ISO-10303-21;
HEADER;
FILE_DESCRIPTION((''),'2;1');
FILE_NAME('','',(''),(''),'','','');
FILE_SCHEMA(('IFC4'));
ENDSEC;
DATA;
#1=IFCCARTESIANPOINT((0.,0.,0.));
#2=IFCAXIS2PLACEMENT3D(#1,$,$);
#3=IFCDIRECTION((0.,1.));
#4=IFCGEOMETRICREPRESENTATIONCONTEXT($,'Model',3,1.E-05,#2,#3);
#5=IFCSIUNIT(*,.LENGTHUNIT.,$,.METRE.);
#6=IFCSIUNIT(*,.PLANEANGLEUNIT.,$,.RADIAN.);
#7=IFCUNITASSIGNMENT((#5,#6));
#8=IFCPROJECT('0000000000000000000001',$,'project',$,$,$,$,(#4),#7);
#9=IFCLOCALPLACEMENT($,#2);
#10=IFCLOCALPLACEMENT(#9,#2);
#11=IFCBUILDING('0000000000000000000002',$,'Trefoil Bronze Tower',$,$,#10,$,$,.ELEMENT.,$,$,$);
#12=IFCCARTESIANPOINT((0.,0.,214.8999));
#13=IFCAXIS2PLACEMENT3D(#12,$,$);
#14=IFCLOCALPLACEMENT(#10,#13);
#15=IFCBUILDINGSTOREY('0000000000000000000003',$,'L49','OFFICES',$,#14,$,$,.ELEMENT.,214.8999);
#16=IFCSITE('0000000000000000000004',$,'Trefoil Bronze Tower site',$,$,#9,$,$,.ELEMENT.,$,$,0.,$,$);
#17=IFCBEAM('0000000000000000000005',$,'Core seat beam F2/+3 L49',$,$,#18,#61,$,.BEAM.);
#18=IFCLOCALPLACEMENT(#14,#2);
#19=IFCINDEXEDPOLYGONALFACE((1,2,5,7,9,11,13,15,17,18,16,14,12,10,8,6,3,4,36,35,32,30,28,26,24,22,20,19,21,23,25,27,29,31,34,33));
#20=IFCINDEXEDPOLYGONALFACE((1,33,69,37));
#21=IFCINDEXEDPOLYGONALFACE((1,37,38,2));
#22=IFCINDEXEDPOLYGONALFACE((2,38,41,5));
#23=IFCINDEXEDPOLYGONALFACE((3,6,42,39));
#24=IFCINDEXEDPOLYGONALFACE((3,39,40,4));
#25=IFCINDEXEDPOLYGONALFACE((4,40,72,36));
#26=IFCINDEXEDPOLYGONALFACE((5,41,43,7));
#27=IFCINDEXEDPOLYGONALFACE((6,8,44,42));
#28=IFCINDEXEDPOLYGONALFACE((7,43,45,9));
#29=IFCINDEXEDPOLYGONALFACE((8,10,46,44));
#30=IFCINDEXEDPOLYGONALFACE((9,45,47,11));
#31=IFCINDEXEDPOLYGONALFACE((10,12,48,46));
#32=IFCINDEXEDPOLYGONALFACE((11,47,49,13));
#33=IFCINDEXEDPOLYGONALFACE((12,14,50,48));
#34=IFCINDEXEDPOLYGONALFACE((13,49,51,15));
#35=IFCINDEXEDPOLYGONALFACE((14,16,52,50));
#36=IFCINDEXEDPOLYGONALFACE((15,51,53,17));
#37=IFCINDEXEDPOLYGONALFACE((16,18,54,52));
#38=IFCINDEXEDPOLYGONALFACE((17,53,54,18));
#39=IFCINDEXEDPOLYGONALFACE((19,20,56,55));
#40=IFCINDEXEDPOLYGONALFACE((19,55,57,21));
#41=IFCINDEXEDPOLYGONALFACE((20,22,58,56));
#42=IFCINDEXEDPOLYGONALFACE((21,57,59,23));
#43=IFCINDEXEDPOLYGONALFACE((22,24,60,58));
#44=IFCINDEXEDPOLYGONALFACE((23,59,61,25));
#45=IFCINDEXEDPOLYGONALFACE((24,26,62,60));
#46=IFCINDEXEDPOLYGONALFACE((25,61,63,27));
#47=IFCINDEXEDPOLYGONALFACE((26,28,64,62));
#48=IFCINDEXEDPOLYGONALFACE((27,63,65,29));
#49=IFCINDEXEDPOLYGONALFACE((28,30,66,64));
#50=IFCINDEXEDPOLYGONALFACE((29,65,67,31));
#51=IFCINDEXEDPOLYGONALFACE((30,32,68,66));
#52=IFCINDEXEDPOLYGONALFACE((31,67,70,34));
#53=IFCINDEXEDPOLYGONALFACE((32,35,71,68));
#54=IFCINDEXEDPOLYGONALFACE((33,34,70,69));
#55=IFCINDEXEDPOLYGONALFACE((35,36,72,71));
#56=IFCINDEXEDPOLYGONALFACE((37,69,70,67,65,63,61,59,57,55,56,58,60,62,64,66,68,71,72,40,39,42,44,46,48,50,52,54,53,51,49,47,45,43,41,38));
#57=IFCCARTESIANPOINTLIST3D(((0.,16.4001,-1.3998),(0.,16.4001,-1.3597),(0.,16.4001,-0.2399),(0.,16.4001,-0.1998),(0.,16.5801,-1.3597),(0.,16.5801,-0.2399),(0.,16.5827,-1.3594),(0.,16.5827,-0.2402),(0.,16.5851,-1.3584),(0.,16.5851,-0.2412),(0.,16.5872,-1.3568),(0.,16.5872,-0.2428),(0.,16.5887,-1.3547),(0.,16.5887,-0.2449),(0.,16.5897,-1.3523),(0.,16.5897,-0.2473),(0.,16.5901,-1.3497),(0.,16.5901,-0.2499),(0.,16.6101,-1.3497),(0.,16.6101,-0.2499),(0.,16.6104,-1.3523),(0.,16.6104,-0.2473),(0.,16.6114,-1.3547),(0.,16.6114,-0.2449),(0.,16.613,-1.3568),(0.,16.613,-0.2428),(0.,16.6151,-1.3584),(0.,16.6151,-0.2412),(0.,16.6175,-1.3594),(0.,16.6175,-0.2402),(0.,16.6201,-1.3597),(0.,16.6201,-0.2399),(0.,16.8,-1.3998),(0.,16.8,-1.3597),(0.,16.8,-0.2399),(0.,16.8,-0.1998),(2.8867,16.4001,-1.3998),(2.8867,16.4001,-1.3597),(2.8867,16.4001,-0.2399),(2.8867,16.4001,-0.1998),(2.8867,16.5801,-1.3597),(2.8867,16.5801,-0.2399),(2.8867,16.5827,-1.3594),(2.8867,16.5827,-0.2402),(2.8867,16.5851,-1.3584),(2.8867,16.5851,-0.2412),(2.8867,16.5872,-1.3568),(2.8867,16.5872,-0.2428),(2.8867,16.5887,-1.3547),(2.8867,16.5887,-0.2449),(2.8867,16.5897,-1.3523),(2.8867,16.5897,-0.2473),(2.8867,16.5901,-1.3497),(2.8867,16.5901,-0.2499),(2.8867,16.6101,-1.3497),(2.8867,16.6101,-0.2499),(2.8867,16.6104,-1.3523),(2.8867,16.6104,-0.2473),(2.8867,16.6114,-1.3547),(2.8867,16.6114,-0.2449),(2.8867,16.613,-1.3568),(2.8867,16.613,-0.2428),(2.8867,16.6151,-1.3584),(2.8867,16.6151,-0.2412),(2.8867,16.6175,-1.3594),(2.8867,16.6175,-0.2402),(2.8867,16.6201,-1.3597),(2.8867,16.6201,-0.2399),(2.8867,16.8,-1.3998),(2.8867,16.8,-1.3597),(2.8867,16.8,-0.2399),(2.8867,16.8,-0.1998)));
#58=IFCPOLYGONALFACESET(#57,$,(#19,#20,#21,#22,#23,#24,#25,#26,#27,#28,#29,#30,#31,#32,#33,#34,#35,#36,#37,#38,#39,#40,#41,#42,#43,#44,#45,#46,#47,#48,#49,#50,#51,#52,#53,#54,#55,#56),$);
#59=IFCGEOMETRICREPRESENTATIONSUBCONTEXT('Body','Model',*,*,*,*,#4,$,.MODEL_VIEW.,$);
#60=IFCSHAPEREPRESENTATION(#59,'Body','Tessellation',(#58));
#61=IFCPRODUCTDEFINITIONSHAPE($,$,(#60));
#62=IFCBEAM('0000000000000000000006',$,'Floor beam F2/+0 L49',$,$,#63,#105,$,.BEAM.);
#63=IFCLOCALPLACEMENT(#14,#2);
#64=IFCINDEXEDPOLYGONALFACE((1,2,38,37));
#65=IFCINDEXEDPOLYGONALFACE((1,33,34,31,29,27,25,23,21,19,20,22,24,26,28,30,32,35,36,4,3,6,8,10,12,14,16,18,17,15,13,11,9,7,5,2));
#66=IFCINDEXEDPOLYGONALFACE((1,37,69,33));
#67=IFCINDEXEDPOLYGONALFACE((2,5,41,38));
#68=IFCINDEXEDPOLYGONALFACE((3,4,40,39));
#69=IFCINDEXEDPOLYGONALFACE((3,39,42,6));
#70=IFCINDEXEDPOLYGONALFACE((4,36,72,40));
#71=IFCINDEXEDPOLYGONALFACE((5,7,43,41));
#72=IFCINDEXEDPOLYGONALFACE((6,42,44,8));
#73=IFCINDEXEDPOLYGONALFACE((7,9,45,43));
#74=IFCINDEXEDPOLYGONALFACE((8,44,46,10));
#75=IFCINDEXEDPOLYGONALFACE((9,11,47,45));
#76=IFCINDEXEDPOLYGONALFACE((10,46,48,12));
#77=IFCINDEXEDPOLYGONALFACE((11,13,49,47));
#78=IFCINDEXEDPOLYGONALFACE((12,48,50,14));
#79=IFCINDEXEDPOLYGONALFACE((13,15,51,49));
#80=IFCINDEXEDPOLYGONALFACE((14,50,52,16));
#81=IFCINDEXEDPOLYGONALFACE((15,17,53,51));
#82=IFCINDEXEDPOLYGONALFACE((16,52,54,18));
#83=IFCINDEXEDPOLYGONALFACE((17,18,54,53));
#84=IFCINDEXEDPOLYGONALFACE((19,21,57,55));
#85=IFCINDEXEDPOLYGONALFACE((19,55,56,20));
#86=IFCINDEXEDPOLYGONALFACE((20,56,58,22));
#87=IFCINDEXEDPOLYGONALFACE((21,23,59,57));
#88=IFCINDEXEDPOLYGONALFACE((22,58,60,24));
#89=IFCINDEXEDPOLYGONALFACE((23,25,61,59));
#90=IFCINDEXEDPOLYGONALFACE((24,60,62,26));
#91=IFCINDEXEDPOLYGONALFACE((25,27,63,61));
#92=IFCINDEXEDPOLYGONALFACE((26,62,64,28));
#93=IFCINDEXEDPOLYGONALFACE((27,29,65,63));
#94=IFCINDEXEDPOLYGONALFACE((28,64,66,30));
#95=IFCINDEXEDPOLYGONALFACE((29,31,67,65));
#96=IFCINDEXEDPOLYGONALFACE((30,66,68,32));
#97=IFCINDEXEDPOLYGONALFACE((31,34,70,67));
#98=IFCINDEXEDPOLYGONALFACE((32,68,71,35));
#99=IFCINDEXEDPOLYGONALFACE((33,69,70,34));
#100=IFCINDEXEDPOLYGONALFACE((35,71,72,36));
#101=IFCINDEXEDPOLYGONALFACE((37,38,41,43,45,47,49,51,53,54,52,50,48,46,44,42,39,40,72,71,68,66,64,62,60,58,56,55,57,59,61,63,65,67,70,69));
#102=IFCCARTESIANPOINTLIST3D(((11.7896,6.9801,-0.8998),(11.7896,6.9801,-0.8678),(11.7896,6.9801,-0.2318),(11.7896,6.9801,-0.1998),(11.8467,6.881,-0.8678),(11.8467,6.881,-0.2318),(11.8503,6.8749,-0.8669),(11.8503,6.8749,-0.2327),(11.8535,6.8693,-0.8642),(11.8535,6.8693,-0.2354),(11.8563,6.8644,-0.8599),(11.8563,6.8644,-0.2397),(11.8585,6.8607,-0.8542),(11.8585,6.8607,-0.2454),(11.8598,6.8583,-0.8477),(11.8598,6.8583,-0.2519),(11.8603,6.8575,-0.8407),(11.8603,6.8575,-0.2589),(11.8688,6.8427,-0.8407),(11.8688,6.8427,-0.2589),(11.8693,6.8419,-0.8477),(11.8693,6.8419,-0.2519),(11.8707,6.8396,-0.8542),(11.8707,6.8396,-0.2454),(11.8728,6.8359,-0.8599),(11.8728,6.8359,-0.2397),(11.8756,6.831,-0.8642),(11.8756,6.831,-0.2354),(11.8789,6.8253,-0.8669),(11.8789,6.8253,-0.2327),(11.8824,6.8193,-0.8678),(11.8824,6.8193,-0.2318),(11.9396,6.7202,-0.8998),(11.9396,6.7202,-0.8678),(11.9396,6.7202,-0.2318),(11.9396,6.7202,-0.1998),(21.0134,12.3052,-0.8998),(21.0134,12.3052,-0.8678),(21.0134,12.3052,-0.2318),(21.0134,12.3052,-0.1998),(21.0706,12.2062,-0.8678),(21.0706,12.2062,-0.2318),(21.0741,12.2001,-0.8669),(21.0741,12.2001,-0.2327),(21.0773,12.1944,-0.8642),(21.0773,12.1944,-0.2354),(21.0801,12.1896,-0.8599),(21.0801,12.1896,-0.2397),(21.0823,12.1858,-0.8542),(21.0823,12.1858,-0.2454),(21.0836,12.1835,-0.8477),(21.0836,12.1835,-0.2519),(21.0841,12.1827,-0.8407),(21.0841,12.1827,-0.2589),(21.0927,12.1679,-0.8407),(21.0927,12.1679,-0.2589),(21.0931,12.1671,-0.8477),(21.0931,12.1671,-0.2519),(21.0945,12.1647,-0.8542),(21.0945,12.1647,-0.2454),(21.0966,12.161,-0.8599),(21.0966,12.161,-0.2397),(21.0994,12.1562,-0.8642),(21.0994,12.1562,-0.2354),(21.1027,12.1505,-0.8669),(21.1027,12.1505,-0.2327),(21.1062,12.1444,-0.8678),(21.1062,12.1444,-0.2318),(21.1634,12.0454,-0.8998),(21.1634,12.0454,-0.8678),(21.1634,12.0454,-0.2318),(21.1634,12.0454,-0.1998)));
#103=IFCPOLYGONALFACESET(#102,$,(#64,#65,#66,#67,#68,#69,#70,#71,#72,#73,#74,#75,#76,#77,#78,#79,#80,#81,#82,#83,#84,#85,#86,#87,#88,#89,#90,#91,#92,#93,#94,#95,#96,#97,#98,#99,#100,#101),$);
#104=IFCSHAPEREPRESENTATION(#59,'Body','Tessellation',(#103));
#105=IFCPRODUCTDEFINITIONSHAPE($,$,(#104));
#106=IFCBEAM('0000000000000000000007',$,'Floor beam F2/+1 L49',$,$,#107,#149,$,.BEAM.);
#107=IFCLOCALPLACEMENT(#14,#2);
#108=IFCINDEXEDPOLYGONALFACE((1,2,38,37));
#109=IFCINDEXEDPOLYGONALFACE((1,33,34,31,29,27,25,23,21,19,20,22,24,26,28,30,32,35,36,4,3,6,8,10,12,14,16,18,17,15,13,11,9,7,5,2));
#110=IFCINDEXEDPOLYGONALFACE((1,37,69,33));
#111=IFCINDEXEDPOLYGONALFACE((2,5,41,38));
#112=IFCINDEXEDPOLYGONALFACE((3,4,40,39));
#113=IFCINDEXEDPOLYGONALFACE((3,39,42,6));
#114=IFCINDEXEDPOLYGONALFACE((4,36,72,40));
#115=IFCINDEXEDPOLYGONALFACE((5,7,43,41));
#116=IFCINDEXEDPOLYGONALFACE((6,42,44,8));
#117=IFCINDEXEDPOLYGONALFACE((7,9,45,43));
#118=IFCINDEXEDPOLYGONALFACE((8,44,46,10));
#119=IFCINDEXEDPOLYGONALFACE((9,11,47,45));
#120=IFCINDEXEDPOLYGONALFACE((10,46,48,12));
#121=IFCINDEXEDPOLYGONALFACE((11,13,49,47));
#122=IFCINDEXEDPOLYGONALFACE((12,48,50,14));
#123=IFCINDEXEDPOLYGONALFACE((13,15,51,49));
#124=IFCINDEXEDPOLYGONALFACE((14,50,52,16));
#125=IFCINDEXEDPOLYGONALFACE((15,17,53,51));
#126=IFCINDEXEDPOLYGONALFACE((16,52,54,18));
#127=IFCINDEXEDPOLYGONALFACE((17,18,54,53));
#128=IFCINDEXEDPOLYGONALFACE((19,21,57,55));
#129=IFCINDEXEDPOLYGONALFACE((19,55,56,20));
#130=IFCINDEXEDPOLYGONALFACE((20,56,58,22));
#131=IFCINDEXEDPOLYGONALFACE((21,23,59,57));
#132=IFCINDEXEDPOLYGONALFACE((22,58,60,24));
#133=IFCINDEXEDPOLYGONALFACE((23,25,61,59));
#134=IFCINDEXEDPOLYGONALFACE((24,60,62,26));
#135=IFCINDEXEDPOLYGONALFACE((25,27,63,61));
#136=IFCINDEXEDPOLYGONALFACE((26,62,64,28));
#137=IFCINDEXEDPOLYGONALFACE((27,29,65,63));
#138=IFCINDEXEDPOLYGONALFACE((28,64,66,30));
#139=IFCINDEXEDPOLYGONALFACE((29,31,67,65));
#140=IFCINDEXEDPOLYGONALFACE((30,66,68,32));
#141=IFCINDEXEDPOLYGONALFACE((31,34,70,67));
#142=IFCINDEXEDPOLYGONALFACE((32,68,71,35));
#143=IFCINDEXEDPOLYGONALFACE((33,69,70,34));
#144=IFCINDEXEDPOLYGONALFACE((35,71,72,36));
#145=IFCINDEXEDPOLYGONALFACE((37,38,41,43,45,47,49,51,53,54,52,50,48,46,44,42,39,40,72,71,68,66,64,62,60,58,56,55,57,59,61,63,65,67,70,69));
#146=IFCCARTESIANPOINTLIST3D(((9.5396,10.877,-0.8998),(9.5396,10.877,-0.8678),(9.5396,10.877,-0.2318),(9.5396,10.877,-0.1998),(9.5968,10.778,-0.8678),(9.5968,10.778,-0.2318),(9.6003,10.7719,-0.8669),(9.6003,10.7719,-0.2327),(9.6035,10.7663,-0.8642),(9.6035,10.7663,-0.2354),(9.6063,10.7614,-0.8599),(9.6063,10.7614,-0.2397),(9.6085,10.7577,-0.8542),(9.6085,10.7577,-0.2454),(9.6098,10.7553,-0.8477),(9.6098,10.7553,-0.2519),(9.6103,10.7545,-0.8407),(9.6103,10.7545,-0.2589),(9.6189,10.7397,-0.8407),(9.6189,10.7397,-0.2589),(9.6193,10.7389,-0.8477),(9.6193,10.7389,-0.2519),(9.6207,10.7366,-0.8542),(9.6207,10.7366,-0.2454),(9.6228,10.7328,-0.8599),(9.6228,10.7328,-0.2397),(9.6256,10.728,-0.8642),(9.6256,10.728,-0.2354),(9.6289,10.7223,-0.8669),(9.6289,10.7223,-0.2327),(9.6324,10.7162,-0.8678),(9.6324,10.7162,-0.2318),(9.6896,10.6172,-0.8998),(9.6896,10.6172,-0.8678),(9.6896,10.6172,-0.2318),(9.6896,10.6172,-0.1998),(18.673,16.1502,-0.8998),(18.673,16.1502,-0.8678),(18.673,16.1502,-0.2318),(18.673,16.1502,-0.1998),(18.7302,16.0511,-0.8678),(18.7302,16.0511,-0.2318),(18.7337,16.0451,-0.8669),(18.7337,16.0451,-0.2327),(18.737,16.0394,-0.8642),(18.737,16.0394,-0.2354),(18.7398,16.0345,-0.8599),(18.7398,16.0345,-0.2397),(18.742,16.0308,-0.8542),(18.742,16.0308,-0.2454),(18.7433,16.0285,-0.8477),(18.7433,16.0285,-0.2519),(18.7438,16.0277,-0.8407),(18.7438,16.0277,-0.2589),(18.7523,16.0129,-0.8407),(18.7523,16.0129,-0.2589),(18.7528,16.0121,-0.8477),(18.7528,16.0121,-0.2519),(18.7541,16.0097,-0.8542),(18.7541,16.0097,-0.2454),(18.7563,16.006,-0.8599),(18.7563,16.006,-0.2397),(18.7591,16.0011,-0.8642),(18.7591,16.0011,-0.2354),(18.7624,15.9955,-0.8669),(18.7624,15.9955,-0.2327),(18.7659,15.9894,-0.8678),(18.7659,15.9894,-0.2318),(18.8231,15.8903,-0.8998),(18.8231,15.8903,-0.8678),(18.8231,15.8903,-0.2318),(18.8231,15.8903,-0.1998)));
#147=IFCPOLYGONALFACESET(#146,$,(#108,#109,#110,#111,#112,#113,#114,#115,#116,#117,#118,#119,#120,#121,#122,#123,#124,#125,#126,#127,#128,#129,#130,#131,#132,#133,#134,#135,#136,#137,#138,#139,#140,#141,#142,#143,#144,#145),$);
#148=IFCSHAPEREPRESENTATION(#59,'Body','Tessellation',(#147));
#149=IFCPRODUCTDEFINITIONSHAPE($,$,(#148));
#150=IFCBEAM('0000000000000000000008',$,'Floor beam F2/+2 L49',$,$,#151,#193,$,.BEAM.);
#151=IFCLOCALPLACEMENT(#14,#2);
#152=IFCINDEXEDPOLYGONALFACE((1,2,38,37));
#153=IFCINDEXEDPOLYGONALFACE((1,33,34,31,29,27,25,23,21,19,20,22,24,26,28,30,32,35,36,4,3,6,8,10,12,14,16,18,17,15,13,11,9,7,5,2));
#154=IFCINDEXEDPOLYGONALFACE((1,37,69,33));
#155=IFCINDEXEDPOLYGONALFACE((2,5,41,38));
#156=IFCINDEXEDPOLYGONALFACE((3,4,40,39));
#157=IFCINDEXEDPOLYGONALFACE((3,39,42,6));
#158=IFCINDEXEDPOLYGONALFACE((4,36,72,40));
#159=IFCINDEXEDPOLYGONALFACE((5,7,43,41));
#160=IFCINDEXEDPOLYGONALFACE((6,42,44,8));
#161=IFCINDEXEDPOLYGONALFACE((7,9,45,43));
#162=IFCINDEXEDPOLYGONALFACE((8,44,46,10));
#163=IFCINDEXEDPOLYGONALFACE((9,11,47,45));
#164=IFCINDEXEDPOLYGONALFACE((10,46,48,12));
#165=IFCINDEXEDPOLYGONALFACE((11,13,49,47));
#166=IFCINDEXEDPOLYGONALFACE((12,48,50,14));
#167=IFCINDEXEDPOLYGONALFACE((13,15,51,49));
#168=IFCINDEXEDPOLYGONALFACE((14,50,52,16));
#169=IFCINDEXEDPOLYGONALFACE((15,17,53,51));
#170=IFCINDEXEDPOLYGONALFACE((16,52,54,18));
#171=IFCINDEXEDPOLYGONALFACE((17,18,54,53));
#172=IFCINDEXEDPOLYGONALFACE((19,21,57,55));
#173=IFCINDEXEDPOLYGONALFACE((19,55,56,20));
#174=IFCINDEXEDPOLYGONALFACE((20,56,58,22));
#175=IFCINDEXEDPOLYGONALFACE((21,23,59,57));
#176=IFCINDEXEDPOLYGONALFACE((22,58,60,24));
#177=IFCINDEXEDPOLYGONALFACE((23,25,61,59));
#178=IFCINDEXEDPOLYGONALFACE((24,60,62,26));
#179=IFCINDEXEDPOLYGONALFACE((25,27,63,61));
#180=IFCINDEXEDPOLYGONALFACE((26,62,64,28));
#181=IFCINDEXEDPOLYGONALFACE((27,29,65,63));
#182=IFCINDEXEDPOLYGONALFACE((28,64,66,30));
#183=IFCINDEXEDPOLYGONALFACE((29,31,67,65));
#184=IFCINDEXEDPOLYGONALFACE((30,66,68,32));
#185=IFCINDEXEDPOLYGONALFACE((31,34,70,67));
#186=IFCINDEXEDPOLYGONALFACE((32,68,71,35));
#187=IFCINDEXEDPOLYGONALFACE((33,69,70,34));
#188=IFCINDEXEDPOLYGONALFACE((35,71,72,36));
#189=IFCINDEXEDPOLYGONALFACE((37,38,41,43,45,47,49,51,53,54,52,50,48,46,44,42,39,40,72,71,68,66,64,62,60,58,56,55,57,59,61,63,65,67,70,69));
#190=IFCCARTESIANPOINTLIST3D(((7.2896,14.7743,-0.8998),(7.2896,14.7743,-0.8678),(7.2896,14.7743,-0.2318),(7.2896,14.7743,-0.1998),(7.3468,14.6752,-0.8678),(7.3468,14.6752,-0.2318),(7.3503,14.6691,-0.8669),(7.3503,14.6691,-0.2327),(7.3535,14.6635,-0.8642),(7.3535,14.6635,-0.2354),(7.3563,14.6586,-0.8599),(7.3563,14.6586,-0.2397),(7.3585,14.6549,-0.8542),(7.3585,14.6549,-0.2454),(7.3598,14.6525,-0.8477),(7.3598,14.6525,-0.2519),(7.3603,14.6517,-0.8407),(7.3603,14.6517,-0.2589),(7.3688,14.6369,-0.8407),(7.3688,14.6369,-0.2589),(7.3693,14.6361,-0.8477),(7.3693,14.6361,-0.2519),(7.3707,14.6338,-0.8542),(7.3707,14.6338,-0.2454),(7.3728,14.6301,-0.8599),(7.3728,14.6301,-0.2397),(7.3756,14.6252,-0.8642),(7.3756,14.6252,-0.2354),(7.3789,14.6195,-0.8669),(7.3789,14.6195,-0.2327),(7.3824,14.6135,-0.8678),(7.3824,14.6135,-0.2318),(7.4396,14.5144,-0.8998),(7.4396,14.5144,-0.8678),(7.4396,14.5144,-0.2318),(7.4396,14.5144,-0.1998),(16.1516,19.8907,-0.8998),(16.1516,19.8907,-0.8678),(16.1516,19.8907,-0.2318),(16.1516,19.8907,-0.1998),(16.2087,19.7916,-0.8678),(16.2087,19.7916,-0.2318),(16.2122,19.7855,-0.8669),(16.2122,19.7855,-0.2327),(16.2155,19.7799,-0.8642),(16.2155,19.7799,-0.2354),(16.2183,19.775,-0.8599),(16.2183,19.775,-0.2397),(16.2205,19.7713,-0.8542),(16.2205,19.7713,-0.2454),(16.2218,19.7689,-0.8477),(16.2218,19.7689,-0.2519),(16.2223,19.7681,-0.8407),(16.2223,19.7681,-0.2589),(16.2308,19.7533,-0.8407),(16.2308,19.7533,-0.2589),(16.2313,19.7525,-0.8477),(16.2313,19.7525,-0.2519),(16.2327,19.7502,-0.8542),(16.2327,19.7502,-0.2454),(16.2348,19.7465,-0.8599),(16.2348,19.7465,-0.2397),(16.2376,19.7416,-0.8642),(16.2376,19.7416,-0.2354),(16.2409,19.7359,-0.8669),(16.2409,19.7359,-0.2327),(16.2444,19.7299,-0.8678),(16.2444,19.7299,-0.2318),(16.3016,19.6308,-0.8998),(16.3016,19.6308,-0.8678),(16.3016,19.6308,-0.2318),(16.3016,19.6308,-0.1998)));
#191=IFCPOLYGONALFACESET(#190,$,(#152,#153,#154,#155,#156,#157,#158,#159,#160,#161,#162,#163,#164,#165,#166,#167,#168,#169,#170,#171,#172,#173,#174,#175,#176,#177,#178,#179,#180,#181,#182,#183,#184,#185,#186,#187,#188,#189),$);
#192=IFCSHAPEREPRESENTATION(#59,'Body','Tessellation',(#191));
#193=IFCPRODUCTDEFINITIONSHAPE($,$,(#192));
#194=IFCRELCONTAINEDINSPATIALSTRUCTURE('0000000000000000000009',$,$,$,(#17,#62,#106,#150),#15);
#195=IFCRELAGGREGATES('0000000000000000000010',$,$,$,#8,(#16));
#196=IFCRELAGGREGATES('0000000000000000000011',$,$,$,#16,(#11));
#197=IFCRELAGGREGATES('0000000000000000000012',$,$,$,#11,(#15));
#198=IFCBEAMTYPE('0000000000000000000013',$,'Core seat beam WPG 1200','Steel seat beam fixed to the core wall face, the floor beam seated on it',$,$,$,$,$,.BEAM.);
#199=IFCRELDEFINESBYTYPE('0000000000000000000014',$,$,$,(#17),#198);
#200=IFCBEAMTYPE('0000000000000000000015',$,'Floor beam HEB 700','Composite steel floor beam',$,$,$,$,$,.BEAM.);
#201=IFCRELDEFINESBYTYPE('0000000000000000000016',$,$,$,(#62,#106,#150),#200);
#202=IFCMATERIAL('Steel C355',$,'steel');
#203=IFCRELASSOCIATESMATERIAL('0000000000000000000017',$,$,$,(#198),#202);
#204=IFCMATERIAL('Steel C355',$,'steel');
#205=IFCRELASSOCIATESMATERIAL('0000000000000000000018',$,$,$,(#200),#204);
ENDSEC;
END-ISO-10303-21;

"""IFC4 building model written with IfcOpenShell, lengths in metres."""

from ifc_helpers import new_model, si_unit, direction, frame, origin, origin_2d, place, context, subcontext, project, spatial, i_section, extrude, material, material_profile, profile_set, type_object, element, save


model = new_model("IFC4")

# Units and contexts
model_context = context("Model", 3, precision=1e-05, world=origin(), true_north=direction((0.0, 1.0)))
body_context = subcontext(model_context, "Body", "Model", "MODEL_VIEW")
ifc_project = project(units=[si_unit("LENGTHUNIT", "METRE"), si_unit("PLANEANGLEUNIT", "RADIAN")], contexts=[model_context])

# Site, building, storey
site_placement = place(None, origin())
site = spatial("IfcSite", under=ifc_project, at=site_placement, Name="Trefoil Bronze Tower site", CompositionType="ELEMENT", RefElevation=0.0)
building_placement = place(site_placement, origin())
building = spatial("IfcBuilding", under=site, at=building_placement, Name="Trefoil Bronze Tower", CompositionType="ELEMENT")
storey_placement = place(building_placement, frame((0.0, 0.0, 214.8999)))
storey = spatial("IfcBuildingStorey", under=building, at=storey_placement, Name="L49", Description="OFFICES", CompositionType="ELEMENT", Elevation=214.8999)

# Beams
ifc_material_1 = material(Name="Steel C355", Category="steel")
ifc_material_profile_1 = material_profile(ifc_material_1, i_section(OverallWidth=0.3999, OverallDepth=1.2, WebThickness=0.02, FlangeThickness=0.04, FilletRadius=0.01, at=origin_2d()), Name="WPG 1200")
ifc_profile_set_1 = profile_set([ifc_material_profile_1], Name="Steel C355")
beam_type_1 = type_object("IfcBeamType", Name="Core seat beam WPG 1200", Description="Steel seat beam fixed to the core wall face, the floor beam seated on it", PredefinedType="BEAM", material=ifc_profile_set_1)
beam_1_placement = place(storey_placement, frame((2.8867, 16.6001, -0.7998), z_axis=(-1.0, 0.0, 0.0), x_axis=(0.0, -1.0, 0.0)))
element("IfcBeam", 1, at=beam_1_placement, inside=storey, type_object=beam_type_1, Name="Core seat beam F2/+3 L49", PredefinedType="BEAM", context=body_context, shape_type="SweptSolid", body=[
    extrude(i_section(OverallWidth=0.3999, OverallDepth=1.2, WebThickness=0.02, FlangeThickness=0.04, FilletRadius=0.01, at=origin_2d()), origin(), (0.0, 0.0, 1.0), 2.8867),
])
ifc_material_2 = material(Name="Steel C355", Category="steel")
ifc_material_profile_2 = material_profile(ifc_material_2, i_section(OverallWidth=0.3, OverallDepth=0.7, WebThickness=0.0171, FlangeThickness=0.032, FilletRadius=0.0271, at=origin_2d()), Name="HEB 700")
ifc_profile_set_2 = profile_set([ifc_material_profile_2], Name="Steel C355")
beam_type_2 = type_object("IfcBeamType", Name="Floor beam HEB 700", Description="Composite steel floor beam", PredefinedType="BEAM", material=ifc_profile_set_2)
beam_2_placement = place(storey_placement, frame((21.0884, 12.1753, -0.5498), z_axis=(-0.866034, -0.499985, 0.0), x_axis=(0.499985, -0.866034, 0.0)))
element("IfcBeam", 2, at=beam_2_placement, inside=storey, type_object=beam_type_2, Name="Floor beam F2/+0 L49", PredefinedType="BEAM", context=body_context, shape_type="SweptSolid", body=[
    extrude(i_section(OverallWidth=0.3, OverallDepth=0.7, WebThickness=0.0171, FlangeThickness=0.032, FilletRadius=0.0271, at=origin_2d()), origin(), (0.0, 0.0, 1.0), 10.6506),
])
beam_3_placement = place(storey_placement, frame((18.748, 16.0203, -0.5498), z_axis=(-0.866028, -0.499996, 0.0), x_axis=(0.499996, -0.866028, 0.0)))
element("IfcBeam", 3, at=beam_3_placement, inside=storey, type_object=beam_type_2, Name="Floor beam F2/+1 L49", PredefinedType="BEAM", context=body_context, shape_type="SweptSolid", body=[
    extrude(i_section(OverallWidth=0.3, OverallDepth=0.7, WebThickness=0.0171, FlangeThickness=0.032, FilletRadius=0.0271, at=origin_2d()), origin(), (0.0, 0.0, 1.0), 10.5464),
])
beam_4_placement = place(storey_placement, frame((16.2266, 19.7607, -0.5498), z_axis=(-0.866028, -0.499996, 0.0), x_axis=(0.499996, -0.866028, 0.0)))
element("IfcBeam", 4, at=beam_4_placement, inside=storey, type_object=beam_type_2, Name="Floor beam F2/+2 L49", PredefinedType="BEAM", context=body_context, shape_type="SweptSolid", body=[
    extrude(i_section(OverallWidth=0.3, OverallDepth=0.7, WebThickness=0.0171, FlangeThickness=0.032, FilletRadius=0.0271, at=origin_2d()), origin(), (0.0, 0.0, 1.0), 10.2329),
])

save(model, "model.ifc")
